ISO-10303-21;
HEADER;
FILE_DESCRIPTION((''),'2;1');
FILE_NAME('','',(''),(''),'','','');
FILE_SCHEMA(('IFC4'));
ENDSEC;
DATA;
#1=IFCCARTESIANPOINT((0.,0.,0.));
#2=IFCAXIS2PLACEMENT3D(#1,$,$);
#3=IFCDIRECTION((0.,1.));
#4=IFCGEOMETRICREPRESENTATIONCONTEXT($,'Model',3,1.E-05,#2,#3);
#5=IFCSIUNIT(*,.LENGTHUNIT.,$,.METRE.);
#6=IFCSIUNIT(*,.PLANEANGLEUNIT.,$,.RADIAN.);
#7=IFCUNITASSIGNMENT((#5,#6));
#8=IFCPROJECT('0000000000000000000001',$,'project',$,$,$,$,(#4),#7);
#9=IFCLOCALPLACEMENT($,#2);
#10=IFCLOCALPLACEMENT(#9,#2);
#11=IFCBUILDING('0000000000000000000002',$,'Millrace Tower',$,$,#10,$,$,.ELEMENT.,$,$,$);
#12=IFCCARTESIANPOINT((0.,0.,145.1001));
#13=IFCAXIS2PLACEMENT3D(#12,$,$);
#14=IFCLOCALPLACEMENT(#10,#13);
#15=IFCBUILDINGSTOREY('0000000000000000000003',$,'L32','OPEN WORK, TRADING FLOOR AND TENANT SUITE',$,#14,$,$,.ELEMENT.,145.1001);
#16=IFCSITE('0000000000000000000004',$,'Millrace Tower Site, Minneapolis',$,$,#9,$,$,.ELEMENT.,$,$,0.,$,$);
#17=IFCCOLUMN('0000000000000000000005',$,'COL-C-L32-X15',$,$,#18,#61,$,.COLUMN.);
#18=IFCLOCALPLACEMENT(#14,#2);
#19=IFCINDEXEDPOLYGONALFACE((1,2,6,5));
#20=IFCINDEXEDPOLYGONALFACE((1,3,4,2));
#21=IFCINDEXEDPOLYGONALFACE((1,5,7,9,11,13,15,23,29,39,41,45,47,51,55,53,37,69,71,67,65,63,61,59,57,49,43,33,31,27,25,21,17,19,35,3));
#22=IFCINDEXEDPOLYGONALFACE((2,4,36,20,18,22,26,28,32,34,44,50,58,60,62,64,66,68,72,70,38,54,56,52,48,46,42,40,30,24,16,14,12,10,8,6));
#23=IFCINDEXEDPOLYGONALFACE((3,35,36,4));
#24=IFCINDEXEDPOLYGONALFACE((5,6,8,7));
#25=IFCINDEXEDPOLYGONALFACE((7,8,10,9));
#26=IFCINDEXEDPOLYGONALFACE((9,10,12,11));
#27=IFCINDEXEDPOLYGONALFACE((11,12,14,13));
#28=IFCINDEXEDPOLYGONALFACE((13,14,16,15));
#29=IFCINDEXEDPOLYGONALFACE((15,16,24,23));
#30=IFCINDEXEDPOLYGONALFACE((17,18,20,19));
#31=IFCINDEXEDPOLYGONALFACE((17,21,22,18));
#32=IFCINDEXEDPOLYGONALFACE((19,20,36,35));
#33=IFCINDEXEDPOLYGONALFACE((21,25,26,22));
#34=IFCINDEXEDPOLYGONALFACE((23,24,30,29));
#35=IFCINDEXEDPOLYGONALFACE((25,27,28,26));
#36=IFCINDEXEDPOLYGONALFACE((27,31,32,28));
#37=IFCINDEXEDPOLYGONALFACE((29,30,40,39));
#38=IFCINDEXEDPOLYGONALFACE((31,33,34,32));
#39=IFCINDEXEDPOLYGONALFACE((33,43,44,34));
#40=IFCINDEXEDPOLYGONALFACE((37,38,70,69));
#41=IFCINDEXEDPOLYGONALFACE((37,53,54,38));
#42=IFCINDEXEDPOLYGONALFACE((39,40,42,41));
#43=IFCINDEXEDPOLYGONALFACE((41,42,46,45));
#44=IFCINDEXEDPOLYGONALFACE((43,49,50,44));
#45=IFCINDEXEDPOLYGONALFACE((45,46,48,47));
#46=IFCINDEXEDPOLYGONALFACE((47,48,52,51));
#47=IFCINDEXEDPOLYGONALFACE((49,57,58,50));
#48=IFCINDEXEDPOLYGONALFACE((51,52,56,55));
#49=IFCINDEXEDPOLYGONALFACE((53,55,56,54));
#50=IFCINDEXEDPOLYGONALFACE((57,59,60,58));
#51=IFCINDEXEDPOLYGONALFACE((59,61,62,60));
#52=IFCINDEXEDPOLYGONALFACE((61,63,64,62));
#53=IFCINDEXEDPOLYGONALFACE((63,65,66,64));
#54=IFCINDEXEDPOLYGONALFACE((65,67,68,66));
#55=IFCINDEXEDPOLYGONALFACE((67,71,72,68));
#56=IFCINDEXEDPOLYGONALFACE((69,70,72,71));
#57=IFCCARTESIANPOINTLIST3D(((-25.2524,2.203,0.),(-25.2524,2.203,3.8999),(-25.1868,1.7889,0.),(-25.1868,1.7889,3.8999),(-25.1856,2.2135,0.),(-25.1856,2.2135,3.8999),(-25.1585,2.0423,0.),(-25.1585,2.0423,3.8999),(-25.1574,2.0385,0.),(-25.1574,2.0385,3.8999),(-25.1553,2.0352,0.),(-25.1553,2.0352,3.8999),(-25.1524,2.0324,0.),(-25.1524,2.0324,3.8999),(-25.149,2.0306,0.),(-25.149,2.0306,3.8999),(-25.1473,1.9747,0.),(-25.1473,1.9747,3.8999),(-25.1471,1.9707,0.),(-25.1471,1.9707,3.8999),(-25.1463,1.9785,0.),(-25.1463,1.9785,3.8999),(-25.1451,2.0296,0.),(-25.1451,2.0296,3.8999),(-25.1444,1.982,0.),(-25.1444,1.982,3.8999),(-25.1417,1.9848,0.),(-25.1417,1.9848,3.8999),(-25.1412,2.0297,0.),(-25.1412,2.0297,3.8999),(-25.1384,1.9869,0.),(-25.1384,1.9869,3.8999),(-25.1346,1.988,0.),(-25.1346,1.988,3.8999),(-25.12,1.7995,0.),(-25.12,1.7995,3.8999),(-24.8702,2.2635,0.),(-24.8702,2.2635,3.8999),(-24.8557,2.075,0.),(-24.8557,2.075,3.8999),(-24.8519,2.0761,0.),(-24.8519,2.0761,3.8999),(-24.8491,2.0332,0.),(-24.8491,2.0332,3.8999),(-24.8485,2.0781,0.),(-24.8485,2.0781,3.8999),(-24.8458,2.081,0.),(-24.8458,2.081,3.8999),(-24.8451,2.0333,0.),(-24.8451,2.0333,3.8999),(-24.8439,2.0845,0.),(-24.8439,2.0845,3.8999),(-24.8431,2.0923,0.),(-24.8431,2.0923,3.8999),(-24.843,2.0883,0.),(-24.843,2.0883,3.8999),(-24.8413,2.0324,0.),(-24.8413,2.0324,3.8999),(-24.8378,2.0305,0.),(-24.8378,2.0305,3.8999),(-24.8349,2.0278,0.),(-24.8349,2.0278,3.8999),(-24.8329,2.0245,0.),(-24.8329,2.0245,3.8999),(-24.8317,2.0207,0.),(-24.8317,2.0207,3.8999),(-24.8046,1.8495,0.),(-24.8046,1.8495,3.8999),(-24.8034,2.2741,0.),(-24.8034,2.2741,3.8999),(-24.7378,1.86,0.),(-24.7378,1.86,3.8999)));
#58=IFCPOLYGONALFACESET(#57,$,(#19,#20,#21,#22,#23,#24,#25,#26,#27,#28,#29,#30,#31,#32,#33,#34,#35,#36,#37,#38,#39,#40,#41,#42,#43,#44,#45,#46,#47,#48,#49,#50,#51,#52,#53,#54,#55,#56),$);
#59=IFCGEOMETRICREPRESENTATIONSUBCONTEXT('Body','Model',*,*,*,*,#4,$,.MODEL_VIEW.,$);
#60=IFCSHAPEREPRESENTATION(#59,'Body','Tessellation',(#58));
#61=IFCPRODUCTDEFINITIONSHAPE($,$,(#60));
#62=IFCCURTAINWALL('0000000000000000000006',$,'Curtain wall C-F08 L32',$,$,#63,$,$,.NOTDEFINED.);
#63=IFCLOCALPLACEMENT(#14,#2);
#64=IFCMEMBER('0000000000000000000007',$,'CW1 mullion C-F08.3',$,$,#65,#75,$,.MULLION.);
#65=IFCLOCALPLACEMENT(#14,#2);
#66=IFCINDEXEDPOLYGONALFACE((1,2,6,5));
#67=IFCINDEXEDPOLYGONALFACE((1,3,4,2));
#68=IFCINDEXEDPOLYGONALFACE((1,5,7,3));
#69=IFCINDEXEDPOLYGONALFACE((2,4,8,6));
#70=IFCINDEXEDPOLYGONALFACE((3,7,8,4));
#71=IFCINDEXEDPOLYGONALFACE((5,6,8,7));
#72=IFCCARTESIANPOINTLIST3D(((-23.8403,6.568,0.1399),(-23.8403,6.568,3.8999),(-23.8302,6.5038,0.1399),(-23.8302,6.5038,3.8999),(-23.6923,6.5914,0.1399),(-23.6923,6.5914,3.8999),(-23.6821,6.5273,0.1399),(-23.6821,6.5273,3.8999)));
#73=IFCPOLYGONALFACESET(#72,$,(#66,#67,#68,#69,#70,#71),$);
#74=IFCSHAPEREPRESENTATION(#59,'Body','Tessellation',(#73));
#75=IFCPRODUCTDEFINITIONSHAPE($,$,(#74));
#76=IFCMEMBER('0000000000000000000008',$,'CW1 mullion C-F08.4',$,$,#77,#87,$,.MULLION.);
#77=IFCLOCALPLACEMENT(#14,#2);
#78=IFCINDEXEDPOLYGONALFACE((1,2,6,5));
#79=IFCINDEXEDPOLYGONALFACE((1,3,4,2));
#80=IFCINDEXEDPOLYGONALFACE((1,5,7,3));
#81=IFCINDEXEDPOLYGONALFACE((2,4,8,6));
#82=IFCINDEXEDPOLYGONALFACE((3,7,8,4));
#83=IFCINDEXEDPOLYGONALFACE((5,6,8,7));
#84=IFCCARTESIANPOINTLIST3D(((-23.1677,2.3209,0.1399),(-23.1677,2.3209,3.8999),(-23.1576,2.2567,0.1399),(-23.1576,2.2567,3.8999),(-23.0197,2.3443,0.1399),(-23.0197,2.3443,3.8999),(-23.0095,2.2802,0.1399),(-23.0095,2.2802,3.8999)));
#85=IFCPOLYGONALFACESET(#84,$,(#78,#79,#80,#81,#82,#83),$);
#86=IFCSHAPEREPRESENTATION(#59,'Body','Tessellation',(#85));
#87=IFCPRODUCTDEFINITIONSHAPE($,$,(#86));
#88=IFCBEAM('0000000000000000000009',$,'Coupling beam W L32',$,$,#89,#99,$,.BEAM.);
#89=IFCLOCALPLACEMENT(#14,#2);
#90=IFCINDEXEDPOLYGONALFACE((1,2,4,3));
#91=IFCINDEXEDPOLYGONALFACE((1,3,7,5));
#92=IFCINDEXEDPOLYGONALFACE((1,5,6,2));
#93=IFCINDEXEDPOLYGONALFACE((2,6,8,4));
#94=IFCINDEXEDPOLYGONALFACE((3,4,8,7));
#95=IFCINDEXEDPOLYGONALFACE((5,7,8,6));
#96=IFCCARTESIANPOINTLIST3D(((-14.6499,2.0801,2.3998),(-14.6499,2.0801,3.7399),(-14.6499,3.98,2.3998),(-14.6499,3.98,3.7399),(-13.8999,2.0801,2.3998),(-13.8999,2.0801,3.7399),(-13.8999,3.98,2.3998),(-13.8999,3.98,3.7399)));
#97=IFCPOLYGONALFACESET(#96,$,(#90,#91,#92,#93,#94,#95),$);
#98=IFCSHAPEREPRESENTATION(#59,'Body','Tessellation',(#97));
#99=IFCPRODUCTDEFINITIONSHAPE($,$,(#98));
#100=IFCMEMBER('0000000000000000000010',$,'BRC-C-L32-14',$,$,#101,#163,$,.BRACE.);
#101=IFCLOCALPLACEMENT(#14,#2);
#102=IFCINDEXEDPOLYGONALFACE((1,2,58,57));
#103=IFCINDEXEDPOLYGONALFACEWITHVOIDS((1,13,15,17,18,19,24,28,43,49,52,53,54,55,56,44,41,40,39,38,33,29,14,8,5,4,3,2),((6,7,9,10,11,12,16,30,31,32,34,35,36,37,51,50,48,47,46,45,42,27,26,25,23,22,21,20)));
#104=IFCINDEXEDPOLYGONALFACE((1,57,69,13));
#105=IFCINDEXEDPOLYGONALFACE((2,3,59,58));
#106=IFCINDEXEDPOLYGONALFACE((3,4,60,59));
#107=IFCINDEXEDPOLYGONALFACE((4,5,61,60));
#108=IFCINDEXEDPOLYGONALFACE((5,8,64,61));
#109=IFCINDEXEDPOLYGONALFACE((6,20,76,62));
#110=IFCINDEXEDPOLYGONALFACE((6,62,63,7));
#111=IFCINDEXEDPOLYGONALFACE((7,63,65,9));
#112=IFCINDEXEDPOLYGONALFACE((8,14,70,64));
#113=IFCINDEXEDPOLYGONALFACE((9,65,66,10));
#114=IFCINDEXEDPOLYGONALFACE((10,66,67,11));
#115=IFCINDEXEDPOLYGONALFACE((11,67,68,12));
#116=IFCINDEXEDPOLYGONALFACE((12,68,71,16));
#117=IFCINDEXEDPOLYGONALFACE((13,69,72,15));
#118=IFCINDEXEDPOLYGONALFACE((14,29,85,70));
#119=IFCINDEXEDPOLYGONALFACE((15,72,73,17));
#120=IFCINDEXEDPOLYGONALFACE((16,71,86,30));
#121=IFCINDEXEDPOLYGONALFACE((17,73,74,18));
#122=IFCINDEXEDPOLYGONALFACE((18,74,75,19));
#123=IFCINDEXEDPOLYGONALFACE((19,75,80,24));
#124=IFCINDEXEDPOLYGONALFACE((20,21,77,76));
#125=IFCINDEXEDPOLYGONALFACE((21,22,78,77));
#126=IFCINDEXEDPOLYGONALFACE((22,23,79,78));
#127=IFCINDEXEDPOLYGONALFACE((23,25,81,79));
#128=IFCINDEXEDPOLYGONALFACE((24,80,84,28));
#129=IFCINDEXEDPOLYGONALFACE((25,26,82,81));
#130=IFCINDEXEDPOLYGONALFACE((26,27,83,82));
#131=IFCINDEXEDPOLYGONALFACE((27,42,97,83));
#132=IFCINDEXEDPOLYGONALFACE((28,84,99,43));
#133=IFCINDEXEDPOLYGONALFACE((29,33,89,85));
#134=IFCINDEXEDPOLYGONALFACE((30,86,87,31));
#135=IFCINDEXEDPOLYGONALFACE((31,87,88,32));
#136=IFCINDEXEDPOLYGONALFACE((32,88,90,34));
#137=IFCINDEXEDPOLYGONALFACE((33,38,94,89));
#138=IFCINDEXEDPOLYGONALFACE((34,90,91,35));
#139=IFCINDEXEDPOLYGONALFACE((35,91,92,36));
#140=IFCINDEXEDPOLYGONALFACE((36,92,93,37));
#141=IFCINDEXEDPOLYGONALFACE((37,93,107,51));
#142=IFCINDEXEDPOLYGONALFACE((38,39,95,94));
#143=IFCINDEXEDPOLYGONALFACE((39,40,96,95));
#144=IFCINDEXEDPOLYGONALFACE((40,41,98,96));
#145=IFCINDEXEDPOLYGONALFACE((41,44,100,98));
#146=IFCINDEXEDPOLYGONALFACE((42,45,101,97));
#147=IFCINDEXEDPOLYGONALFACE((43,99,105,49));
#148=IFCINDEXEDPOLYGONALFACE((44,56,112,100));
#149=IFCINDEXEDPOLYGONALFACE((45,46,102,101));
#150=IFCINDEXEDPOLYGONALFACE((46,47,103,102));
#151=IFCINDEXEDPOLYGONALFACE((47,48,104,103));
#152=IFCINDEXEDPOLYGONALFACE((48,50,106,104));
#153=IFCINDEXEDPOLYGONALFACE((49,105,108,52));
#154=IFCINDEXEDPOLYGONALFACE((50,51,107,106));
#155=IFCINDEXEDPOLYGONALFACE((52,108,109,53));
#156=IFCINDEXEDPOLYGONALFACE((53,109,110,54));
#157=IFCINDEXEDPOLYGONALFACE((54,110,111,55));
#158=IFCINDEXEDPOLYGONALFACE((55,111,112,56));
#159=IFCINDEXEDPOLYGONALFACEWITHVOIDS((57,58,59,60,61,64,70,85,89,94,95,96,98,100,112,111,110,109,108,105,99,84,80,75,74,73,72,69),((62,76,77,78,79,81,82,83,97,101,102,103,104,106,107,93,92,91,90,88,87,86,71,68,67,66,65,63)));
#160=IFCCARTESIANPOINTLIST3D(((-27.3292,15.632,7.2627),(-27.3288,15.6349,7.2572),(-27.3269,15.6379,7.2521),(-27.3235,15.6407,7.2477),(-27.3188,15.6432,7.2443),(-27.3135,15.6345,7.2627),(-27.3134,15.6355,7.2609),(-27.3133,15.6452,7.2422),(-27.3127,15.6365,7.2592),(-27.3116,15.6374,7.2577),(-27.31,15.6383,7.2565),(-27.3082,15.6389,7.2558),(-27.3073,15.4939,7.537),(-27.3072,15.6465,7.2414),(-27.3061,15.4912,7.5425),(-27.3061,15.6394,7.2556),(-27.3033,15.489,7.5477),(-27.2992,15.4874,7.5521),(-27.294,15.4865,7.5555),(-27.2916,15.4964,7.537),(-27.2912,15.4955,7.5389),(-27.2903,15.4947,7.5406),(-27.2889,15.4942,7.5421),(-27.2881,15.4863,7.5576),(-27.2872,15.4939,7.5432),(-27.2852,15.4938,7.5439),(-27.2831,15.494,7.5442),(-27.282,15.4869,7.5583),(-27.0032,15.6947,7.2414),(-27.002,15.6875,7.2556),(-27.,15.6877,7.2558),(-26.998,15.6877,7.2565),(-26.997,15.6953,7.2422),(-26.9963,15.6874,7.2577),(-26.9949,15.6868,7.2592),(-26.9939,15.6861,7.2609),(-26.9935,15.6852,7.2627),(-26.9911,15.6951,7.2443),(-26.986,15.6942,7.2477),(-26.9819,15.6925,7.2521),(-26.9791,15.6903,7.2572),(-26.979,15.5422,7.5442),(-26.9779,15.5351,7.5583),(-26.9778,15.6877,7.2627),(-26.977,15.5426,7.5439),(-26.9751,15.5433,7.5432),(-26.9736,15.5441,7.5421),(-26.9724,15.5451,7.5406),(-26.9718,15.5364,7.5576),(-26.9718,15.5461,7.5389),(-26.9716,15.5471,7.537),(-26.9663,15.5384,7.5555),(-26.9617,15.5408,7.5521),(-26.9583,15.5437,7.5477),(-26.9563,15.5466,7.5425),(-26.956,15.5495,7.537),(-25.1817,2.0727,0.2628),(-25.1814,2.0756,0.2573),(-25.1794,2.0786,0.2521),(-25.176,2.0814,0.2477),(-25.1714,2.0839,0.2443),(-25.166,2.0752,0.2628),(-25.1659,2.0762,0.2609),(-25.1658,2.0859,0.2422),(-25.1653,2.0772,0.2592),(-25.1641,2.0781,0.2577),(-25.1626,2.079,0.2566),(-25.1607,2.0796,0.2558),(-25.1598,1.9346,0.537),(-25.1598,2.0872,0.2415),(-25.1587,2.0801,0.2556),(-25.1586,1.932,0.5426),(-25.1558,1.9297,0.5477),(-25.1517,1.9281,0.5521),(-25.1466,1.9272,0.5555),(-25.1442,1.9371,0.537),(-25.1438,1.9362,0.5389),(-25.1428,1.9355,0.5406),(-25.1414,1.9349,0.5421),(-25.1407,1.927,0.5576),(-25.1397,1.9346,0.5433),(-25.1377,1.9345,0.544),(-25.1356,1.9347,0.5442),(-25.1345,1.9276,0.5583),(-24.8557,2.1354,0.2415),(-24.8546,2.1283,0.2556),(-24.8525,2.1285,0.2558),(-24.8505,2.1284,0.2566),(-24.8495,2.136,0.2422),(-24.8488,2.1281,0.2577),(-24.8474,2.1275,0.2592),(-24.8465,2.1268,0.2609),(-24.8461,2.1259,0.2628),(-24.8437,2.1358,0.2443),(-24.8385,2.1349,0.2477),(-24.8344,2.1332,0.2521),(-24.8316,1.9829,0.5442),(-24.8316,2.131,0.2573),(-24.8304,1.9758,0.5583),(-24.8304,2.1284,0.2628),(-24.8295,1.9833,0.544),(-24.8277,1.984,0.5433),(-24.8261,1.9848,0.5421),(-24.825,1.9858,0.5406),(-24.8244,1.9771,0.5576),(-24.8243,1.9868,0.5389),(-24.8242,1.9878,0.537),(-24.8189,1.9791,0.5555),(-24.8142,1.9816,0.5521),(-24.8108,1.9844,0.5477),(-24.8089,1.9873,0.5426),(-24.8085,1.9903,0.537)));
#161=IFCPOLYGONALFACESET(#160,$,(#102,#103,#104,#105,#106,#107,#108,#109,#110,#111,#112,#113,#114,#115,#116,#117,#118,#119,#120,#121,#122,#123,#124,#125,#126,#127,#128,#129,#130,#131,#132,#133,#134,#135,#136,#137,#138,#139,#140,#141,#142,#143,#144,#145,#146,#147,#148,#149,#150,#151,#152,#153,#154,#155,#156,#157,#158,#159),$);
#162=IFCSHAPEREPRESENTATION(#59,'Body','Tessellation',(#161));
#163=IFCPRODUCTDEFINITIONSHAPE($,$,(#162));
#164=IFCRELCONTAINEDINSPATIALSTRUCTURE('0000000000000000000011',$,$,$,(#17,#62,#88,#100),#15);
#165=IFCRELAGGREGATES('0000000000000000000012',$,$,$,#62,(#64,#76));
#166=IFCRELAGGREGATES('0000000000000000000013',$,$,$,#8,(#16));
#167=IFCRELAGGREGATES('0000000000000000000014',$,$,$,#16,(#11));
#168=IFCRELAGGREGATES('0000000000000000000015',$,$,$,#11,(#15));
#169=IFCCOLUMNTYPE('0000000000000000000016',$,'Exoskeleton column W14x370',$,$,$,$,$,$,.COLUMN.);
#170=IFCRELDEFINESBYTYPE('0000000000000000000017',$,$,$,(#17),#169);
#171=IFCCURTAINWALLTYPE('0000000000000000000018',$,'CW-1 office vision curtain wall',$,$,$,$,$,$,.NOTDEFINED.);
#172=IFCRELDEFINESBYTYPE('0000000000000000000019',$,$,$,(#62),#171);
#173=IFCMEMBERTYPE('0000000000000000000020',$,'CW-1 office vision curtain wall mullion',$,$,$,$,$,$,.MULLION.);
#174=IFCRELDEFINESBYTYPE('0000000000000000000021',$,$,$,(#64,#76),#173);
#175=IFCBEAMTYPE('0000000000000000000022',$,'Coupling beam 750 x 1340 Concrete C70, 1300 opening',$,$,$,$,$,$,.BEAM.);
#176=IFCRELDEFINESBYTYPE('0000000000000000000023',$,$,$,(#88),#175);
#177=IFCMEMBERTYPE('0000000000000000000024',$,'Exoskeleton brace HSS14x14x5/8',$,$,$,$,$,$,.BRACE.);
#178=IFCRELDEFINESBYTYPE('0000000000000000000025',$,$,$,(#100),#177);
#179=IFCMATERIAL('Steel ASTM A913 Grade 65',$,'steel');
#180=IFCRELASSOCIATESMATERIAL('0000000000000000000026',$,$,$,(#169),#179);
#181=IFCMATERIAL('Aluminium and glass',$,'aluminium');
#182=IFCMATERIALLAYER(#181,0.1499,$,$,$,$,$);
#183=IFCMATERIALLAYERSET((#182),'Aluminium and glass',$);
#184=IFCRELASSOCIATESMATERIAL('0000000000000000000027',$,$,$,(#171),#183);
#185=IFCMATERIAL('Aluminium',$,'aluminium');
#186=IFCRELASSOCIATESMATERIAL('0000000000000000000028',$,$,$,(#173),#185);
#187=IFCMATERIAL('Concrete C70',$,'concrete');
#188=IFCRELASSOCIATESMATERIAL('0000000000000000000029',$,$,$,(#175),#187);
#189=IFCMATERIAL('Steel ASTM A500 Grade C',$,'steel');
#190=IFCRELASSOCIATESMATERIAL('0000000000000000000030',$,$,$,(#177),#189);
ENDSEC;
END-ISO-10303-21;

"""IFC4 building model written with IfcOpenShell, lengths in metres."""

from ifc_helpers import new_model, si_unit, direction, frame, origin, origin_2d, place, context, subcontext, project, spatial, rectangle, hollow_rectangle, i_section, extrude, material, layer, layer_set, material_profile, profile_set, type_object, element, aggregate, save


model = new_model("IFC4")

# Units and contexts
model_context = context("Model", 3, precision=1e-05, world=origin(), true_north=direction((0.0, 1.0)))
body_context = subcontext(model_context, "Body", "Model", "MODEL_VIEW")
ifc_project = project(units=[si_unit("LENGTHUNIT", "METRE"), si_unit("PLANEANGLEUNIT", "RADIAN")], contexts=[model_context])

# Site, building, storey
site_placement = place(None, origin())
site = spatial("IfcSite", under=ifc_project, at=site_placement, Name="Millrace Tower Site, Minneapolis", CompositionType="ELEMENT", RefElevation=0.0)
building_placement = place(site_placement, origin())
building = spatial("IfcBuilding", under=site, at=building_placement, Name="Millrace Tower", CompositionType="ELEMENT")
storey_placement = place(building_placement, frame((0.0, 0.0, 145.1001)))
storey = spatial("IfcBuildingStorey", under=building, at=storey_placement, Name="L32", Description="OPEN WORK, TRADING FLOOR AND TENANT SUITE", CompositionType="ELEMENT", Elevation=145.1001)

# Column
ifc_material_1 = material(Name="Steel ASTM A913 Grade 65", Category="steel")
ifc_material_profile_1 = material_profile(ifc_material_1, i_section(OverallWidth=0.4192, OverallDepth=0.4546, WebThickness=0.0422, FlangeThickness=0.0676, FilletRadius=0.0151, at=origin_2d()))
ifc_profile_set_1 = profile_set([ifc_material_profile_1], Name="Steel ASTM A913 Grade 65")
column_type = type_object("IfcColumnType", Name="Exoskeleton column W14x370", PredefinedType="COLUMN", material=ifc_profile_set_1)
column_placement = place(storey_placement, frame((-24.9951, 2.0315, 0.0), z_axis=(0.0, 0.0, 1.0), x_axis=(0.156434, -0.987688, 0.0)))
element("IfcColumn", 1, at=column_placement, inside=storey, type_object=column_type, Name="COL-C-L32-X15", PredefinedType="COLUMN", context=body_context, shape_type="SweptSolid", body=[
    extrude(i_section(OverallWidth=0.4192, OverallDepth=0.4546, WebThickness=0.0422, FlangeThickness=0.0676, FilletRadius=0.0151, at=origin_2d()), origin(), (0.0, 0.0, 1.0), 3.8999),
])

# Curtain wall, members
ifc_material_2 = material(Name="Aluminium and glass", Category="aluminium")
ifc_layer_1 = layer(ifc_material_2, 0.1499)
ifc_layer_set_1 = layer_set([ifc_layer_1], Name="Aluminium and glass")
curtain_wall_type = type_object("IfcCurtainWallType", Name="CW-1 office vision curtain wall", PredefinedType="NOTDEFINED", material=ifc_layer_set_1)
placement = place(storey_placement, origin())
curtain_wall = element("IfcCurtainWall", 2, at=placement, inside=storey, type_object=curtain_wall_type, Name="Curtain wall C-F08 L32", PredefinedType="NOTDEFINED")
ifc_material_3 = material(Name="Aluminium", Category="aluminium")
ifc_material_profile_2 = material_profile(ifc_material_3, rectangle(XDim=0.0649, YDim=0.1499, at=origin_2d()))
ifc_profile_set_2 = profile_set([ifc_material_profile_2], Name="Aluminium")
member_type_1 = type_object("IfcMemberType", Name="CW-1 office vision curtain wall mullion", PredefinedType="MULLION", material=ifc_profile_set_2)
member_1_placement = place(storey_placement, frame((-23.7612, 6.5476, 0.1399), z_axis=(0.0, 0.0, 1.0), x_axis=(0.156434, -0.987688, 0.0)))
member_1 = element("IfcMember", 3, at=member_1_placement, type_object=member_type_1, Name="CW1 mullion C-F08.3", PredefinedType="MULLION", context=body_context, shape_type="SweptSolid", body=[
    extrude(rectangle(XDim=0.0649, YDim=0.1499, at=origin_2d()), origin(), (0.0, 0.0, 1.0), 3.76),
])
member_2_placement = place(storey_placement, frame((-23.0886, 2.3005, 0.1399), z_axis=(0.0, 0.0, 1.0), x_axis=(0.156434, -0.987688, 0.0)))
member_2 = element("IfcMember", 4, at=member_2_placement, type_object=member_type_1, Name="CW1 mullion C-F08.4", PredefinedType="MULLION", context=body_context, shape_type="SweptSolid", body=[
    extrude(rectangle(XDim=0.0649, YDim=0.1499, at=origin_2d()), origin(), (0.0, 0.0, 1.0), 3.76),
])
aggregate(curtain_wall, [member_1, member_2])

# Beam
ifc_material_4 = material(Name="Concrete C70", Category="concrete")
ifc_material_profile_3 = material_profile(ifc_material_4, rectangle(XDim=0.75, YDim=1.3401, at=origin_2d()))
ifc_profile_set_3 = profile_set([ifc_material_profile_3], Name="Concrete C70")
beam_type_1 = type_object("IfcBeamType", Name="Coupling beam 750 x 1340 Concrete C70, 1300 opening", PredefinedType="BEAM", material=ifc_profile_set_3)
beam_1_placement = place(storey_placement, frame((-14.2749, 2.0801, 3.0698), z_axis=(0.0, 1.0, 0.0), x_axis=(-1.0, 0.0, 0.0)))
element("IfcBeam", 5, at=beam_1_placement, inside=storey, type_object=beam_type_1, Name="Coupling beam W L32", PredefinedType="BEAM", context=body_context, shape_type="SweptSolid", body=[
    extrude(rectangle(XDim=0.75, YDim=1.3401, at=origin_2d()), origin(), (0.0, 0.0, 1.0), 1.8999),
])

# Member
ifc_material_5 = material(Name="Steel ASTM A500 Grade C", Category="steel")
ifc_material_profile_4 = material_profile(ifc_material_5, hollow_rectangle(XDim=0.3557, YDim=0.3557, WallThickness=0.0159, InnerFilletRadius=0.0081, OuterFilletRadius=0.0239, at=origin_2d()))
ifc_profile_set_4 = profile_set([ifc_material_profile_4], Name="Steel ASTM A500 Grade C")
member_type_2 = type_object("IfcMemberType", Name="Exoskeleton brace HSS14x14x5/8", PredefinedType="BRACE", material=ifc_profile_set_4)
member_3_placement = place(storey_placement, frame((-24.9951, 2.0315, 0.3999), z_axis=(-0.139355, 0.879907, 0.454252), x_axis=(-0.98769, -0.156426, 0.0)))
element("IfcMember", 6, at=member_3_placement, inside=storey, type_object=member_type_2, Name="BRC-C-L32-14", PredefinedType="BRACE", context=body_context, shape_type="SweptSolid", body=[
    extrude(hollow_rectangle(XDim=0.3557, YDim=0.3557, WallThickness=0.0159, InnerFilletRadius=0.0081, OuterFilletRadius=0.0239, at=origin_2d()), origin(), (0.0, 0.0, 1.0), 15.4099),
])

save(model, "model.ifc")
